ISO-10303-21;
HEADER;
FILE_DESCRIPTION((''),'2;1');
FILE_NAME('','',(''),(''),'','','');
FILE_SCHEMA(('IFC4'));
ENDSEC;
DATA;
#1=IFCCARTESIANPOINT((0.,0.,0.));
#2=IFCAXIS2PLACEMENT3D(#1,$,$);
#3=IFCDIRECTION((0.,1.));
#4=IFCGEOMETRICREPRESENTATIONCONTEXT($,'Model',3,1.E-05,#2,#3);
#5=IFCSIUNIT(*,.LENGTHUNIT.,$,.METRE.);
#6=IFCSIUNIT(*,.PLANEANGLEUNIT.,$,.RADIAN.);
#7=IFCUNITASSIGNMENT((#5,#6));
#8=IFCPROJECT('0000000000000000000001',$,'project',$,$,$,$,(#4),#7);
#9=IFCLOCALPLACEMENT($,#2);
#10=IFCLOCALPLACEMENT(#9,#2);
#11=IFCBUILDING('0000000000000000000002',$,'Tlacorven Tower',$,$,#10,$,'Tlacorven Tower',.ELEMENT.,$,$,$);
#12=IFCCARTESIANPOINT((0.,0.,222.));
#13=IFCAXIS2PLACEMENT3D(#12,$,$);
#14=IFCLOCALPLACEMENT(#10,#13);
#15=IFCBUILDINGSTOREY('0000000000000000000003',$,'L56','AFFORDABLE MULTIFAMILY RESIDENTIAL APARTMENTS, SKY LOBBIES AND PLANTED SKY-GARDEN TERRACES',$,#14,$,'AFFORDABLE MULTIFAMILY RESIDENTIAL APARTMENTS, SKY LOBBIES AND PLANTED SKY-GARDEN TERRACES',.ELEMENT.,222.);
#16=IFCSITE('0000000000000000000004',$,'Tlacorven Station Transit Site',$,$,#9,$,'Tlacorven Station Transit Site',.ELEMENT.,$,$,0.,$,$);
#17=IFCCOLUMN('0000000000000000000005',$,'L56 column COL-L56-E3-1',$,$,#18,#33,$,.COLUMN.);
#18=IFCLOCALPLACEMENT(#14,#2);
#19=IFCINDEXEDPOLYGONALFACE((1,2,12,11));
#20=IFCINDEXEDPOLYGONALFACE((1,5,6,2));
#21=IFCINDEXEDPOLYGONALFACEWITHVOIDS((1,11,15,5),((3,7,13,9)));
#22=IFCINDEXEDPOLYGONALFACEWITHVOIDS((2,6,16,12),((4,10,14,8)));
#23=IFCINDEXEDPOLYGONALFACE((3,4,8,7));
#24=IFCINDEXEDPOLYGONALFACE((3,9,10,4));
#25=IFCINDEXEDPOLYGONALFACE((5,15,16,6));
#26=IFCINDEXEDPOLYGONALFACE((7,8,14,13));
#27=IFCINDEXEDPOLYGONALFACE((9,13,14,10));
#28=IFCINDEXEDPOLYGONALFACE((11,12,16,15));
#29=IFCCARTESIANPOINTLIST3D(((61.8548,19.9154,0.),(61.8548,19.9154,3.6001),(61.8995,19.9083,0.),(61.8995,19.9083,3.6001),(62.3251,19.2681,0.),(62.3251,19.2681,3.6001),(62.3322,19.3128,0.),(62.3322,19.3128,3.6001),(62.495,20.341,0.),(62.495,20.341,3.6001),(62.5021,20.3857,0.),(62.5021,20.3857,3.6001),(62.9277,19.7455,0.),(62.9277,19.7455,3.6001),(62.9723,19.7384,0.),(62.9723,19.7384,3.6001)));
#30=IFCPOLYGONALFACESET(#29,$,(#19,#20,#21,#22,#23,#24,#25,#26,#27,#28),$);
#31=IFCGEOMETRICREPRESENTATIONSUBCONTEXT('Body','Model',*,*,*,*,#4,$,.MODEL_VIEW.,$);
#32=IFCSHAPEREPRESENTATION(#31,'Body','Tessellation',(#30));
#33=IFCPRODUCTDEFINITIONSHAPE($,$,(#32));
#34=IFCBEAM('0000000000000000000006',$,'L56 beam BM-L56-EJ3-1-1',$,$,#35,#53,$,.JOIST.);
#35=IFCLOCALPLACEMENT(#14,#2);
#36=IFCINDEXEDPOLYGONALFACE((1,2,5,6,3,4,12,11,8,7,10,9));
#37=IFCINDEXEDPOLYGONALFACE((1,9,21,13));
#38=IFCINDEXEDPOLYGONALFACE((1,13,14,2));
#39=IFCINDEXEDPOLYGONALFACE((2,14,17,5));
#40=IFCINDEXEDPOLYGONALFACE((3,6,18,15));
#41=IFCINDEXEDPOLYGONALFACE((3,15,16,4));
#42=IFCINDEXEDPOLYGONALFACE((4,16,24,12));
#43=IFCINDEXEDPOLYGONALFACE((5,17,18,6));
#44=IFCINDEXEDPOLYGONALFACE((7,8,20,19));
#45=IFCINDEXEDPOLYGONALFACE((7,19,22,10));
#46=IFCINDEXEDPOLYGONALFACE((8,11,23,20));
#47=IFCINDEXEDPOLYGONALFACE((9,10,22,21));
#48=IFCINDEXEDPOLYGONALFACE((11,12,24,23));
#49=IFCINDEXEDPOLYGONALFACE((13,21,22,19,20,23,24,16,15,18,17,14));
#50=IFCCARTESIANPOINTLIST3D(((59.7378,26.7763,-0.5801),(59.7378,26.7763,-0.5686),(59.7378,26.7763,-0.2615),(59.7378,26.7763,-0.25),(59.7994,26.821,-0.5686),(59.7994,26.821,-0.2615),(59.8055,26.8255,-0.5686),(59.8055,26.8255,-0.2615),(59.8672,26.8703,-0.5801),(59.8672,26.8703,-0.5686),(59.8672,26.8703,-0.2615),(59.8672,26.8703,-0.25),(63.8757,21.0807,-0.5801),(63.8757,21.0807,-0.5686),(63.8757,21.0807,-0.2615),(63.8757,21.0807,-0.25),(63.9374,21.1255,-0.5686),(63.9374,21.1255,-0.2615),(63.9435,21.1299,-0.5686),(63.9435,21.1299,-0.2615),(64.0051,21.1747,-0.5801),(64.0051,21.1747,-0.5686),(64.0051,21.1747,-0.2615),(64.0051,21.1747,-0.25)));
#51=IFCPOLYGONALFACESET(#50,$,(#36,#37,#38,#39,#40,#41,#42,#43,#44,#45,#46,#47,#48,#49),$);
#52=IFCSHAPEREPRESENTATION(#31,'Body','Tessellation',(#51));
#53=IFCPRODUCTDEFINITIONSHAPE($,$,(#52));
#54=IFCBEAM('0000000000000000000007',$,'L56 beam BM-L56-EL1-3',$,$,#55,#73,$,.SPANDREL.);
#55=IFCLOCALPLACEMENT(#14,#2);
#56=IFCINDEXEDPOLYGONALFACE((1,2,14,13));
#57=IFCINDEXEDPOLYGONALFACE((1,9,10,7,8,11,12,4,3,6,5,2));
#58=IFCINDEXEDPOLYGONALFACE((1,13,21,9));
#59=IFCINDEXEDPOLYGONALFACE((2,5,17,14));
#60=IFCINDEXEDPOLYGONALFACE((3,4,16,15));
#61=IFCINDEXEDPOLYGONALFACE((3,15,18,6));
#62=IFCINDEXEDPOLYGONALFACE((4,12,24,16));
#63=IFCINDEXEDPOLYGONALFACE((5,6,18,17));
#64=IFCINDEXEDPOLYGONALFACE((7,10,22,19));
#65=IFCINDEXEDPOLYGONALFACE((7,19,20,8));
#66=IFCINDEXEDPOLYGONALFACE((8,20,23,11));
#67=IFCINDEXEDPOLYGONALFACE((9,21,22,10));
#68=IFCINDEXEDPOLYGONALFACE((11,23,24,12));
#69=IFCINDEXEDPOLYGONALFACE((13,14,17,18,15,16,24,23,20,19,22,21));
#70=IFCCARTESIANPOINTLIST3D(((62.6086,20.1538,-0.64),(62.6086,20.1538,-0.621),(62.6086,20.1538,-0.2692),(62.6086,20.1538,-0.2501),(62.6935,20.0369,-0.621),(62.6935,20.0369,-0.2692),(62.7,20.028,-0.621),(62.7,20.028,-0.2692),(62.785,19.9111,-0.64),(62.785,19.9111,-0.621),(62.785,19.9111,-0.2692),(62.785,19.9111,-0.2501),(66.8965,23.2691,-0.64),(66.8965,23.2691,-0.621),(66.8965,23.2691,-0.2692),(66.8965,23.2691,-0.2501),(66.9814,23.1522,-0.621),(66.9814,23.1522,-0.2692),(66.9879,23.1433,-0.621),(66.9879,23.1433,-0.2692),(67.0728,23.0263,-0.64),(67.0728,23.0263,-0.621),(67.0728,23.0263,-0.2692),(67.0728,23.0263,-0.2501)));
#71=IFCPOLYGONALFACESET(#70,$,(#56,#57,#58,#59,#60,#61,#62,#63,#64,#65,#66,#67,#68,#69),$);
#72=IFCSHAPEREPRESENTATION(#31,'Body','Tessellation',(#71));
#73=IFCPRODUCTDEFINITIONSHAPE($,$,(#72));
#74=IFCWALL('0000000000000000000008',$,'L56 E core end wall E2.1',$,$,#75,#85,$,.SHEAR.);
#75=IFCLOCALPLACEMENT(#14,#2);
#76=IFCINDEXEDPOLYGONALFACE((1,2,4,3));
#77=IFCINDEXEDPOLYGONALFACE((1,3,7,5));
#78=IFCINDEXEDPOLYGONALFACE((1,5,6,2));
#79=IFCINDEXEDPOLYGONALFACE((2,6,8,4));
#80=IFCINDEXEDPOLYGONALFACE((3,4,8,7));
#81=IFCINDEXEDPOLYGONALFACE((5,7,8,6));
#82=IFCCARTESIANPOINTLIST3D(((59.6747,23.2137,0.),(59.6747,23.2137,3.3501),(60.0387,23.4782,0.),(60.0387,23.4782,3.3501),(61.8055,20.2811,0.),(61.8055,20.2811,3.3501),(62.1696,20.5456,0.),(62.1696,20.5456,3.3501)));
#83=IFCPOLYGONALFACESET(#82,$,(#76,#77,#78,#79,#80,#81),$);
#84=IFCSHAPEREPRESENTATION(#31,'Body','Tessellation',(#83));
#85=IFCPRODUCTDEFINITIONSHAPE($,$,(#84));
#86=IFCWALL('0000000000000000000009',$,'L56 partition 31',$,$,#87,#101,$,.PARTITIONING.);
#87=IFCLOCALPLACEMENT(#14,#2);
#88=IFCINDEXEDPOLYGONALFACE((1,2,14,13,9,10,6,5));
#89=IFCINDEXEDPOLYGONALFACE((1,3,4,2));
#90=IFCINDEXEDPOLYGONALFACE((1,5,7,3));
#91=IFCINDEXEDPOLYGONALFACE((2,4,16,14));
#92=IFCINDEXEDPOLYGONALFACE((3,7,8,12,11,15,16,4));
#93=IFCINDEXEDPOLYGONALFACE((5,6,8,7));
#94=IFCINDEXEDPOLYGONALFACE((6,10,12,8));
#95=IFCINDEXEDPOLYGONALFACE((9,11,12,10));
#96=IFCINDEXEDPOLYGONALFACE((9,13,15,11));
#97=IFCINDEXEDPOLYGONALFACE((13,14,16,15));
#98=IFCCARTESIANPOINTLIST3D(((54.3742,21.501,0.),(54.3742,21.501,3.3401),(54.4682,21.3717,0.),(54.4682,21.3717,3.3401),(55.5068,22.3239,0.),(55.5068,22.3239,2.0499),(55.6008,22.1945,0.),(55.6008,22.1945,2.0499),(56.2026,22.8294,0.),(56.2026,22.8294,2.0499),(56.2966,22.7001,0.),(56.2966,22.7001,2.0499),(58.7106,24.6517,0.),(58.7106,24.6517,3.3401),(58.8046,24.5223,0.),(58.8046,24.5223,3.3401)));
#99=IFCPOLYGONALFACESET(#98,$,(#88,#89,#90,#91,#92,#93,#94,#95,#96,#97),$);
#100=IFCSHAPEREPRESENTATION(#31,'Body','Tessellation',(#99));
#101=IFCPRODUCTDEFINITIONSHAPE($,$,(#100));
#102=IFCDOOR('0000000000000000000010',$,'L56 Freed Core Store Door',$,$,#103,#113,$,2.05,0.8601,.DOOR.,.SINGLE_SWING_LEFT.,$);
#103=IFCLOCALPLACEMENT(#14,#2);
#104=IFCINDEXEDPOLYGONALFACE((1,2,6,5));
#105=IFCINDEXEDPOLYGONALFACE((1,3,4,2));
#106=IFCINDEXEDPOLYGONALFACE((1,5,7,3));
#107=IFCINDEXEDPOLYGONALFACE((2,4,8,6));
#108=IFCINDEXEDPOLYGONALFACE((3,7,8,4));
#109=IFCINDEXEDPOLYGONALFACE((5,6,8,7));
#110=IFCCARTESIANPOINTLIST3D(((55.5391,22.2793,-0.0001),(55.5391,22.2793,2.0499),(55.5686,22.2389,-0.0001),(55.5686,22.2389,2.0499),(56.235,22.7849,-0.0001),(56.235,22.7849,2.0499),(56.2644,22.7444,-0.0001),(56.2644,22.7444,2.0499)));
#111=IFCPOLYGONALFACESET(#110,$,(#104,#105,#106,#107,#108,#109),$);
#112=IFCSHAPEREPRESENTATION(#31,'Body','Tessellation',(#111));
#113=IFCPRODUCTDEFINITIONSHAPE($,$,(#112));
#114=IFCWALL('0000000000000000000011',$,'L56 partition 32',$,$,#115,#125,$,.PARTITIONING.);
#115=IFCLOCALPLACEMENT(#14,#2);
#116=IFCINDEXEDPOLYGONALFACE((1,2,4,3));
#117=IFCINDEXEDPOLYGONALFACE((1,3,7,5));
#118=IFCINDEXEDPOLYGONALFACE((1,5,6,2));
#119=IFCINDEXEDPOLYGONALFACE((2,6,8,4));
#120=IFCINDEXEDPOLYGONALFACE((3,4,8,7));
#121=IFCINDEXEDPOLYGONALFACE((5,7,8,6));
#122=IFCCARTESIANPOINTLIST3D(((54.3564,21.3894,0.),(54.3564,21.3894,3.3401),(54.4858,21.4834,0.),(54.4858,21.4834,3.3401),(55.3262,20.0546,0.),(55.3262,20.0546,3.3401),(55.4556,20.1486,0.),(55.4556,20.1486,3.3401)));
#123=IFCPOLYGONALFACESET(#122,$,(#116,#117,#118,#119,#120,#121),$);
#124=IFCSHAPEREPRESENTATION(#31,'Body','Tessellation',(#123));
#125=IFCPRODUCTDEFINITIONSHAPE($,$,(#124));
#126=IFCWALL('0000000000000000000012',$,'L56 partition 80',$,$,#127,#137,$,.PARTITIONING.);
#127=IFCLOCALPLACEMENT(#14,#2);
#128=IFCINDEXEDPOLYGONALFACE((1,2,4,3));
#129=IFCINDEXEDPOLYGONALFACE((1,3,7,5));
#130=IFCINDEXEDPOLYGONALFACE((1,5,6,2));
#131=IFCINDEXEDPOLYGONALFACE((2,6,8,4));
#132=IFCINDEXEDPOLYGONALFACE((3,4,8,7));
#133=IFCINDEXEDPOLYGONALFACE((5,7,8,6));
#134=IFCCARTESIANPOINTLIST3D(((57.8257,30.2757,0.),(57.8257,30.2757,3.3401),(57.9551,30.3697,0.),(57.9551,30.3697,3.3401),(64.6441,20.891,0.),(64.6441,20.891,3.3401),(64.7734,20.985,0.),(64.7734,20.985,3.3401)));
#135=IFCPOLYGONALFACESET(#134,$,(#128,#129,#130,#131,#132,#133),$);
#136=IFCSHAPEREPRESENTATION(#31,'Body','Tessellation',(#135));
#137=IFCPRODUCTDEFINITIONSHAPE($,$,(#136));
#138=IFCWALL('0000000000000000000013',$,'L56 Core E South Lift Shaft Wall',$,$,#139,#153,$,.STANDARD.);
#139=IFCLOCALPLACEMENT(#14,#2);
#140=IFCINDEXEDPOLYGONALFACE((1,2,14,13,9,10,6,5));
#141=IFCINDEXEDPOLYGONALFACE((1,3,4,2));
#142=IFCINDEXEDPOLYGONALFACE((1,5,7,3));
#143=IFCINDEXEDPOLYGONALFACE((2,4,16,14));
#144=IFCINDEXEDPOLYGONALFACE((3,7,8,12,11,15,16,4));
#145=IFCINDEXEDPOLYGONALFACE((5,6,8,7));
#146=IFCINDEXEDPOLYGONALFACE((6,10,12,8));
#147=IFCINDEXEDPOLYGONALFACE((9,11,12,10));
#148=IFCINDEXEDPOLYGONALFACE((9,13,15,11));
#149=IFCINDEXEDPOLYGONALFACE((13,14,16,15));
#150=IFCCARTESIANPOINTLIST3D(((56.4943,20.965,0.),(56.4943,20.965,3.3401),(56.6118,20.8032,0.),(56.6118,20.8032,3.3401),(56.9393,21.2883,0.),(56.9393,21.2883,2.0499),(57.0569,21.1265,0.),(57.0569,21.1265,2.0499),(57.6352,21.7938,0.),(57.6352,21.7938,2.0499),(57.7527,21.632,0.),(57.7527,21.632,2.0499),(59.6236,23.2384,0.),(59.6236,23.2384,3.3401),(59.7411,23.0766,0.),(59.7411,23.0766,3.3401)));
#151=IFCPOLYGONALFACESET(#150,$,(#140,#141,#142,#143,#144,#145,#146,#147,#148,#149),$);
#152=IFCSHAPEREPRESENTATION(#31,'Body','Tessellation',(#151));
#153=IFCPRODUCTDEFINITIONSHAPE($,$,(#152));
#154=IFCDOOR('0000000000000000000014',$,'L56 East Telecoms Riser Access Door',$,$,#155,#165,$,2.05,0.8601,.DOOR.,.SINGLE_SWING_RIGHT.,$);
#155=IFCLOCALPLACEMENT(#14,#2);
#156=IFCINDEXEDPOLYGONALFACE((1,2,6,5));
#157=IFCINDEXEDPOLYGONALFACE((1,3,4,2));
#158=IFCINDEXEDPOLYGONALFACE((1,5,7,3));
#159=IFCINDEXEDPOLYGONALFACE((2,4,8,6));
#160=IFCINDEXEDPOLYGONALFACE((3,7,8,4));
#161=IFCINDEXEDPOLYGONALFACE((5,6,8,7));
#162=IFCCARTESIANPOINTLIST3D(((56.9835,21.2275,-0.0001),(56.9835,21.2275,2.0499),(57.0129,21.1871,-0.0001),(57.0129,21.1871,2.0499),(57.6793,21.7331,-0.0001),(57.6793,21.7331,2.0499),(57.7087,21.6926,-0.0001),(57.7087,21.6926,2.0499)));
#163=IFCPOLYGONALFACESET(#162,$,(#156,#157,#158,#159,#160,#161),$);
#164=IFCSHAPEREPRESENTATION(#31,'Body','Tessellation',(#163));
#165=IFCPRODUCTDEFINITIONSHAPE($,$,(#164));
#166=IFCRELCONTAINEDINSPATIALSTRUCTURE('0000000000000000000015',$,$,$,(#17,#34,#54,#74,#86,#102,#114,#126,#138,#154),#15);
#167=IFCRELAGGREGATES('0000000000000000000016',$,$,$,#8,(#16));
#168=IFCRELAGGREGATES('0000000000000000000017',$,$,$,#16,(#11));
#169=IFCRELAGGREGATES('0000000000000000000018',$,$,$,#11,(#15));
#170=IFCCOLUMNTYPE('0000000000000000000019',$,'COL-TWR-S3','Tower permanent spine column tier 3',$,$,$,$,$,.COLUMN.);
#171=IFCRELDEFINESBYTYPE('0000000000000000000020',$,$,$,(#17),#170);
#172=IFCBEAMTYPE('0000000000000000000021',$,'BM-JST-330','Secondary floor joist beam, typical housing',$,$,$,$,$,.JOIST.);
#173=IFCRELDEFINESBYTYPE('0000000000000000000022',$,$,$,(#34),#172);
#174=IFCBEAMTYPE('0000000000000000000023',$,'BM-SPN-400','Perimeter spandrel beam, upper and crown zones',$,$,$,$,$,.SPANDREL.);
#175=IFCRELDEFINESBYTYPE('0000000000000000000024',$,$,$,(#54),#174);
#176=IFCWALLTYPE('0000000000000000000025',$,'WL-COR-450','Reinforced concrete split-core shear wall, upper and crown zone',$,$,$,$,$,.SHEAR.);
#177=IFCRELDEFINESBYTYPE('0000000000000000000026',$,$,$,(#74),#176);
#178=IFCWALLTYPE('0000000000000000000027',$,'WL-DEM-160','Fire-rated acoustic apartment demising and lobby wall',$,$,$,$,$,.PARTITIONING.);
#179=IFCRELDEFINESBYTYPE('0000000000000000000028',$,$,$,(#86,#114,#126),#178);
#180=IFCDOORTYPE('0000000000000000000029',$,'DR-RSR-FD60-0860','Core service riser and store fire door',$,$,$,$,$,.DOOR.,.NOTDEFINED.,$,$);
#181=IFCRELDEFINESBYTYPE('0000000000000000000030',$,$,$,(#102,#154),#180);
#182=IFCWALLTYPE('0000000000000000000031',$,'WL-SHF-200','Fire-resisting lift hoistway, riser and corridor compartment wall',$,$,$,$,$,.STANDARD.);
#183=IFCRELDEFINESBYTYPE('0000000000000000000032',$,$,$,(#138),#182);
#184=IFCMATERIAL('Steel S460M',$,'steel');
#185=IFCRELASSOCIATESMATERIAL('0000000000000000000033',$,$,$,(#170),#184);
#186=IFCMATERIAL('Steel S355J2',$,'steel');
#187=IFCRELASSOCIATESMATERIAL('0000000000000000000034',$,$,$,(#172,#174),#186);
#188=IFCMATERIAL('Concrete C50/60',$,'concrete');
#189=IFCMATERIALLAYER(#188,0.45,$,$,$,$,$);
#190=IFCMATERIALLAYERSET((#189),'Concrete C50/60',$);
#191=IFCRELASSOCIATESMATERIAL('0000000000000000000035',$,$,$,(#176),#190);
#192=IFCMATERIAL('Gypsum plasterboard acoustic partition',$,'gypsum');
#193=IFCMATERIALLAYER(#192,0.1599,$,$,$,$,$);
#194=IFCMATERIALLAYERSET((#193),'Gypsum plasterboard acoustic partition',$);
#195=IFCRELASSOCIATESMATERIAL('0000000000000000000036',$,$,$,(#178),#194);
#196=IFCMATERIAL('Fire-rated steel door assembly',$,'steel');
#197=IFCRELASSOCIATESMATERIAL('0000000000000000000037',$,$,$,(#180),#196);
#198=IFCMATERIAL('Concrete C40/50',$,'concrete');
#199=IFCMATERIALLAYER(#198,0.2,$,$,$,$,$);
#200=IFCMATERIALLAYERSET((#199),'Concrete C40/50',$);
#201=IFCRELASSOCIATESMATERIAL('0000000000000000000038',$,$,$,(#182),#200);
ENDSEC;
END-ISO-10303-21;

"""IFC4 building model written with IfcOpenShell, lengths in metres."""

from ifc_helpers import new_model, si_unit, direction, frame, frame_2d, origin, origin_2d, place, context, subcontext, project, spatial, rectangle, hollow_rectangle, i_section, extrude, source, transform, mapped, material, layer, layer_set, material_profile, profile_set, type_object, element, fill, save


model = new_model("IFC4")

# Units and contexts
model_context = context("Model", 3, precision=1e-05, world=origin(), true_north=direction((0.0, 1.0)))
body_context = subcontext(model_context, "Body", "Model", "MODEL_VIEW")
ifc_project = project(units=[si_unit("LENGTHUNIT", "METRE"), si_unit("PLANEANGLEUNIT", "RADIAN")], contexts=[model_context])

# Site, building, storey
site_placement = place(None, origin())
site = spatial("IfcSite", under=ifc_project, at=site_placement, Name="Tlacorven Station Transit Site", LongName="Tlacorven Station Transit Site", CompositionType="ELEMENT", RefElevation=0.0)
building_placement = place(site_placement, origin())
building = spatial("IfcBuilding", under=site, at=building_placement, Name="Tlacorven Tower", LongName="Tlacorven Tower", CompositionType="ELEMENT")
storey_placement = place(building_placement, frame((0.0, 0.0, 222.0)))
storey = spatial("IfcBuildingStorey", under=building, at=storey_placement, Name="L56", Description="AFFORDABLE MULTIFAMILY RESIDENTIAL APARTMENTS, SKY LOBBIES AND PLANTED SKY-GARDEN TERRACES", LongName="AFFORDABLE MULTIFAMILY RESIDENTIAL APARTMENTS, SKY LOBBIES AND PLANTED SKY-GARDEN TERRACES", CompositionType="ELEMENT", Elevation=222.0)

# Column
ifc_material_1 = material(Name="Steel S460M", Category="steel")
ifc_material_profile_1 = material_profile(ifc_material_1, hollow_rectangle(XDim=0.8, YDim=0.8, WallThickness=0.032, at=origin_2d()), Name="BOX 800X800X32")
ifc_profile_set_1 = profile_set([ifc_material_profile_1], Name="Steel S460M")
column_type = type_object("IfcColumnType", Name="COL-TWR-S3", Description="Tower permanent spine column tier 3", PredefinedType="COLUMN", material=ifc_profile_set_1)
shared_shape_1 = source(origin(), body_context, "Body", "SweptSolid", [
    extrude(hollow_rectangle(XDim=0.8, YDim=0.8, WallThickness=0.032, at=origin_2d()), origin(), (0.0, 0.0, 1.0), 3.6001),
])
column_placement = place(storey_placement, frame((62.4136, 19.8269, 0.0), z_axis=(0.0, 0.0, 1.0), x_axis=(0.809017, 0.587785, 0.0)))
element("IfcColumn", 1, at=column_placement, inside=storey, type_object=column_type, Name="L56 column COL-L56-E3-1", PredefinedType="COLUMN", context=body_context, shape_type="MappedRepresentation", body=[
    mapped(shared_shape_1, transform((0.0, 0.0, 0.0), scale=1.0)),
])

# Beams
ifc_material_2 = material(Name="Steel S355J2", Category="steel")
ifc_material_profile_2 = material_profile(ifc_material_2, i_section(OverallWidth=0.1599, OverallDepth=0.3301, WebThickness=0.0076, FlangeThickness=0.0115, at=origin_2d()), Name="IPE 330")
ifc_profile_set_2 = profile_set([ifc_material_profile_2], Name="Steel S355J2")
beam_type_1 = type_object("IfcBeamType", Name="BM-JST-330", Description="Secondary floor joist beam, typical housing", PredefinedType="JOIST", material=ifc_profile_set_2)
shared_shape_2 = source(origin(), body_context, "Body", "SweptSolid", [
    extrude(i_section(OverallWidth=0.1599, OverallDepth=0.3301, WebThickness=0.0076, FlangeThickness=0.0115, at=origin_2d()), origin(), (0.0, 0.0, 1.0), 7.04),
])
beam_1_placement = place(storey_placement, frame((63.9404, 21.1277, -0.415), z_axis=(-0.587774, 0.809025, 0.0), x_axis=(-0.809025, -0.587774, 0.0)))
element("IfcBeam", 2, at=beam_1_placement, inside=storey, type_object=beam_type_1, Name="L56 beam BM-L56-EJ3-1-1", PredefinedType="JOIST", context=body_context, shape_type="MappedRepresentation", body=[
    mapped(shared_shape_2, transform((0.0, 0.0, 0.0), scale=1.0)),
])
ifc_material_profile_3 = material_profile(ifc_material_2, i_section(OverallWidth=0.3, OverallDepth=0.3899, WebThickness=0.011, FlangeThickness=0.019, at=origin_2d()), Name="HEA 400")
ifc_profile_set_3 = profile_set([ifc_material_profile_3], Name="Steel S355J2")
beam_type_2 = type_object("IfcBeamType", Name="BM-SPN-400", Description="Perimeter spandrel beam, upper and crown zones", PredefinedType="SPANDREL", material=ifc_profile_set_3)
shared_shape_3 = source(origin(), body_context, "Body", "SweptSolid", [
    extrude(i_section(OverallWidth=0.3, OverallDepth=0.3899, WebThickness=0.011, FlangeThickness=0.019, at=origin_2d()), origin(), (0.0, 0.0, 1.0), 5.3),
])
beam_2_placement = place(storey_placement, frame((62.6968, 20.0325, -0.4451), z_axis=(0.809023, 0.587777, 0.0), x_axis=(-0.587777, 0.809023, 0.0)))
element("IfcBeam", 3, at=beam_2_placement, inside=storey, type_object=beam_type_2, Name="L56 beam BM-L56-EL1-3", PredefinedType="SPANDREL", context=body_context, shape_type="MappedRepresentation", body=[
    mapped(shared_shape_3, transform((0.0, 0.0, 0.0), scale=1.0)),
])

# Wall
ifc_material_3 = material(Name="Concrete C50/60", Category="concrete")
ifc_layer_1 = layer(ifc_material_3, 0.45)
ifc_layer_set_1 = layer_set([ifc_layer_1], Name="Concrete C50/60")
wall_type_1 = type_object("IfcWallType", Name="WL-COR-450", Description="Reinforced concrete split-core shear wall, upper and crown zone", PredefinedType="SHEAR", material=ifc_layer_set_1)
wall_1_placement = place(storey_placement, frame((61.9875, 20.4133, 0.0), z_axis=(0.0, 0.0, 1.0), x_axis=(-0.587819, 0.808992, 0.0)))
element("IfcWall", 4, at=wall_1_placement, inside=storey, type_object=wall_type_1, Name="L56 E core end wall E2.1", PredefinedType="SHEAR", context=body_context, shape_type="SweptSolid", body=[
    extrude(rectangle(XDim=3.625, YDim=0.45, at=frame_2d((1.8125, 0.0))), origin(), (0.0, 0.0, 1.0), 3.3501),
])

# Wall, opening, door
ifc_material_4 = material(Name="Gypsum plasterboard acoustic partition", Category="gypsum")
ifc_layer_2 = layer(ifc_material_4, 0.1599)
ifc_layer_set_2 = layer_set([ifc_layer_2], Name="Gypsum plasterboard acoustic partition")
wall_type_2 = type_object("IfcWallType", Name="WL-DEM-160", Description="Fire-rated acoustic apartment demising and lobby wall", PredefinedType="PARTITIONING", material=ifc_layer_set_2)
wall_2_placement = place(storey_placement, frame((54.4211, 21.4363, 0.0), z_axis=(0.0, 0.0, 1.0), x_axis=(0.809014, 0.58779, 0.0)))
wall_2 = element("IfcWall", 5, at=wall_2_placement, inside=storey, type_object=wall_type_2, Name="L56 partition 31", PredefinedType="PARTITIONING", context=body_context, shape_type="SweptSolid", body=[
    extrude(rectangle(XDim=5.3601, YDim=0.1599, at=frame_2d((2.6802, 0.0))), origin(), (0.0, 0.0, 1.0), 3.3401),
])
opening_1_placement = place(wall_2_placement, frame((1.3999, 0.0, 0.0)))
opening_1 = element("IfcOpeningElement", 6, at=opening_1_placement, cuts=wall_2, PredefinedType="OPENING", context=body_context, shape_type="SweptSolid", body=[
    extrude(rectangle(XDim=0.8601, YDim=2.05, at=frame_2d((0.4302, 1.0249))), frame((0.0, 0.0898, 0.0), z_axis=(0.0, -1.0, 0.0), x_axis=(1.0, 0.0, 0.0)), (0.0, 0.0, 1.0), 0.1799),
])
ifc_material_5 = material(Name="Fire-rated steel door assembly", Category="steel")
door_type = type_object("IfcDoorType", Name="DR-RSR-FD60-0860", Description="Core service riser and store fire door", OperationType="NOTDEFINED", PredefinedType="DOOR", material=ifc_material_5)
shared_shape_4 = source(origin(), body_context, "Body", "SweptSolid", [
    extrude(rectangle(XDim=0.8601, YDim=2.05, at=frame_2d((0.4302, 1.0249))), frame((0.0, 0.0249, 0.0), z_axis=(0.0, -1.0, 0.0), x_axis=(1.0, 0.0, 0.0)), (0.0, 0.0, 1.0), 0.05),
])
door_1_placement = place(opening_1_placement, origin())
door_1 = element("IfcDoor", 7, at=door_1_placement, inside=storey, type_object=door_type, Name="L56 Freed Core Store Door", OperationType="SINGLE_SWING_LEFT", OverallHeight=2.05, OverallWidth=0.8601, PredefinedType="DOOR", context=body_context, shape_type="MappedRepresentation", body=[
    mapped(shared_shape_4, transform((0.0, 0.0, 0.0), scale=1.0)),
])
fill(opening_1, door_1)

# Walls
wall_3_placement = place(storey_placement, frame((55.3909, 20.1016, 0.0), z_axis=(0.0, 0.0, 1.0), x_axis=(-0.587784, 0.809018, 0.0)))
element("IfcWall", 8, at=wall_3_placement, inside=storey, type_object=wall_type_2, Name="L56 partition 32", PredefinedType="PARTITIONING", context=body_context, shape_type="SweptSolid", body=[
    extrude(rectangle(XDim=1.6499, YDim=0.1599, at=frame_2d((0.825, 0.0))), origin(), (0.0, 0.0, 1.0), 3.3401),
])
wall_4_placement = place(storey_placement, frame((64.7087, 20.938, 0.0), z_axis=(0.0, 0.0, 1.0), x_axis=(-0.587781, 0.80902, 0.0)))
element("IfcWall", 9, at=wall_4_placement, inside=storey, type_object=wall_type_2, Name="L56 partition 80", PredefinedType="PARTITIONING", context=body_context, shape_type="SweptSolid", body=[
    extrude(rectangle(XDim=11.6001, YDim=0.1599, at=frame_2d((5.8, 0.0))), origin(), (0.0, 0.0, 1.0), 3.3401),
])

# Wall, opening, door
ifc_material_6 = material(Name="Concrete C40/50", Category="concrete")
ifc_layer_3 = layer(ifc_material_6, 0.2)
ifc_layer_set_3 = layer_set([ifc_layer_3], Name="Concrete C40/50")
wall_type_3 = type_object("IfcWallType", Name="WL-SHF-200", Description="Fire-resisting lift hoistway, riser and corridor compartment wall", PredefinedType="STANDARD", material=ifc_layer_set_3)
wall_5_placement = place(storey_placement, frame((56.553, 20.884, 0.0), z_axis=(0.0, 0.0, 1.0), x_axis=(0.809042, 0.587751, 0.0)))
wall_5 = element("IfcWall", 10, at=wall_5_placement, inside=storey, type_object=wall_type_3, Name="L56 Core E South Lift Shaft Wall", PredefinedType="STANDARD", context=body_context, shape_type="SweptSolid", body=[
    extrude(rectangle(XDim=3.8679, YDim=0.2, at=frame_2d((1.9341, 0.0))), origin(), (0.0, 0.0, 1.0), 3.3401),
])
opening_2_placement = place(wall_5_placement, frame((0.55, 0.0, 0.0)))
opening_2 = element("IfcOpeningElement", 11, at=opening_2_placement, cuts=wall_5, PredefinedType="OPENING", context=body_context, shape_type="SweptSolid", body=[
    extrude(rectangle(XDim=0.8601, YDim=2.05, at=frame_2d((0.4302, 1.0249))), frame((0.0, 0.1099, 0.0), z_axis=(0.0, -1.0, 0.0), x_axis=(1.0, 0.0, 0.0)), (0.0, 0.0, 1.0), 0.22),
])
door_2_placement = place(opening_2_placement, origin())
door_2 = element("IfcDoor", 12, at=door_2_placement, inside=storey, type_object=door_type, Name="L56 East Telecoms Riser Access Door", OperationType="SINGLE_SWING_RIGHT", OverallHeight=2.05, OverallWidth=0.8601, PredefinedType="DOOR", context=body_context, shape_type="MappedRepresentation", body=[
    mapped(shared_shape_4, transform((0.0, 0.0, 0.0), scale=1.0)),
])
fill(opening_2, door_2)

save(model, "model.ifc")
